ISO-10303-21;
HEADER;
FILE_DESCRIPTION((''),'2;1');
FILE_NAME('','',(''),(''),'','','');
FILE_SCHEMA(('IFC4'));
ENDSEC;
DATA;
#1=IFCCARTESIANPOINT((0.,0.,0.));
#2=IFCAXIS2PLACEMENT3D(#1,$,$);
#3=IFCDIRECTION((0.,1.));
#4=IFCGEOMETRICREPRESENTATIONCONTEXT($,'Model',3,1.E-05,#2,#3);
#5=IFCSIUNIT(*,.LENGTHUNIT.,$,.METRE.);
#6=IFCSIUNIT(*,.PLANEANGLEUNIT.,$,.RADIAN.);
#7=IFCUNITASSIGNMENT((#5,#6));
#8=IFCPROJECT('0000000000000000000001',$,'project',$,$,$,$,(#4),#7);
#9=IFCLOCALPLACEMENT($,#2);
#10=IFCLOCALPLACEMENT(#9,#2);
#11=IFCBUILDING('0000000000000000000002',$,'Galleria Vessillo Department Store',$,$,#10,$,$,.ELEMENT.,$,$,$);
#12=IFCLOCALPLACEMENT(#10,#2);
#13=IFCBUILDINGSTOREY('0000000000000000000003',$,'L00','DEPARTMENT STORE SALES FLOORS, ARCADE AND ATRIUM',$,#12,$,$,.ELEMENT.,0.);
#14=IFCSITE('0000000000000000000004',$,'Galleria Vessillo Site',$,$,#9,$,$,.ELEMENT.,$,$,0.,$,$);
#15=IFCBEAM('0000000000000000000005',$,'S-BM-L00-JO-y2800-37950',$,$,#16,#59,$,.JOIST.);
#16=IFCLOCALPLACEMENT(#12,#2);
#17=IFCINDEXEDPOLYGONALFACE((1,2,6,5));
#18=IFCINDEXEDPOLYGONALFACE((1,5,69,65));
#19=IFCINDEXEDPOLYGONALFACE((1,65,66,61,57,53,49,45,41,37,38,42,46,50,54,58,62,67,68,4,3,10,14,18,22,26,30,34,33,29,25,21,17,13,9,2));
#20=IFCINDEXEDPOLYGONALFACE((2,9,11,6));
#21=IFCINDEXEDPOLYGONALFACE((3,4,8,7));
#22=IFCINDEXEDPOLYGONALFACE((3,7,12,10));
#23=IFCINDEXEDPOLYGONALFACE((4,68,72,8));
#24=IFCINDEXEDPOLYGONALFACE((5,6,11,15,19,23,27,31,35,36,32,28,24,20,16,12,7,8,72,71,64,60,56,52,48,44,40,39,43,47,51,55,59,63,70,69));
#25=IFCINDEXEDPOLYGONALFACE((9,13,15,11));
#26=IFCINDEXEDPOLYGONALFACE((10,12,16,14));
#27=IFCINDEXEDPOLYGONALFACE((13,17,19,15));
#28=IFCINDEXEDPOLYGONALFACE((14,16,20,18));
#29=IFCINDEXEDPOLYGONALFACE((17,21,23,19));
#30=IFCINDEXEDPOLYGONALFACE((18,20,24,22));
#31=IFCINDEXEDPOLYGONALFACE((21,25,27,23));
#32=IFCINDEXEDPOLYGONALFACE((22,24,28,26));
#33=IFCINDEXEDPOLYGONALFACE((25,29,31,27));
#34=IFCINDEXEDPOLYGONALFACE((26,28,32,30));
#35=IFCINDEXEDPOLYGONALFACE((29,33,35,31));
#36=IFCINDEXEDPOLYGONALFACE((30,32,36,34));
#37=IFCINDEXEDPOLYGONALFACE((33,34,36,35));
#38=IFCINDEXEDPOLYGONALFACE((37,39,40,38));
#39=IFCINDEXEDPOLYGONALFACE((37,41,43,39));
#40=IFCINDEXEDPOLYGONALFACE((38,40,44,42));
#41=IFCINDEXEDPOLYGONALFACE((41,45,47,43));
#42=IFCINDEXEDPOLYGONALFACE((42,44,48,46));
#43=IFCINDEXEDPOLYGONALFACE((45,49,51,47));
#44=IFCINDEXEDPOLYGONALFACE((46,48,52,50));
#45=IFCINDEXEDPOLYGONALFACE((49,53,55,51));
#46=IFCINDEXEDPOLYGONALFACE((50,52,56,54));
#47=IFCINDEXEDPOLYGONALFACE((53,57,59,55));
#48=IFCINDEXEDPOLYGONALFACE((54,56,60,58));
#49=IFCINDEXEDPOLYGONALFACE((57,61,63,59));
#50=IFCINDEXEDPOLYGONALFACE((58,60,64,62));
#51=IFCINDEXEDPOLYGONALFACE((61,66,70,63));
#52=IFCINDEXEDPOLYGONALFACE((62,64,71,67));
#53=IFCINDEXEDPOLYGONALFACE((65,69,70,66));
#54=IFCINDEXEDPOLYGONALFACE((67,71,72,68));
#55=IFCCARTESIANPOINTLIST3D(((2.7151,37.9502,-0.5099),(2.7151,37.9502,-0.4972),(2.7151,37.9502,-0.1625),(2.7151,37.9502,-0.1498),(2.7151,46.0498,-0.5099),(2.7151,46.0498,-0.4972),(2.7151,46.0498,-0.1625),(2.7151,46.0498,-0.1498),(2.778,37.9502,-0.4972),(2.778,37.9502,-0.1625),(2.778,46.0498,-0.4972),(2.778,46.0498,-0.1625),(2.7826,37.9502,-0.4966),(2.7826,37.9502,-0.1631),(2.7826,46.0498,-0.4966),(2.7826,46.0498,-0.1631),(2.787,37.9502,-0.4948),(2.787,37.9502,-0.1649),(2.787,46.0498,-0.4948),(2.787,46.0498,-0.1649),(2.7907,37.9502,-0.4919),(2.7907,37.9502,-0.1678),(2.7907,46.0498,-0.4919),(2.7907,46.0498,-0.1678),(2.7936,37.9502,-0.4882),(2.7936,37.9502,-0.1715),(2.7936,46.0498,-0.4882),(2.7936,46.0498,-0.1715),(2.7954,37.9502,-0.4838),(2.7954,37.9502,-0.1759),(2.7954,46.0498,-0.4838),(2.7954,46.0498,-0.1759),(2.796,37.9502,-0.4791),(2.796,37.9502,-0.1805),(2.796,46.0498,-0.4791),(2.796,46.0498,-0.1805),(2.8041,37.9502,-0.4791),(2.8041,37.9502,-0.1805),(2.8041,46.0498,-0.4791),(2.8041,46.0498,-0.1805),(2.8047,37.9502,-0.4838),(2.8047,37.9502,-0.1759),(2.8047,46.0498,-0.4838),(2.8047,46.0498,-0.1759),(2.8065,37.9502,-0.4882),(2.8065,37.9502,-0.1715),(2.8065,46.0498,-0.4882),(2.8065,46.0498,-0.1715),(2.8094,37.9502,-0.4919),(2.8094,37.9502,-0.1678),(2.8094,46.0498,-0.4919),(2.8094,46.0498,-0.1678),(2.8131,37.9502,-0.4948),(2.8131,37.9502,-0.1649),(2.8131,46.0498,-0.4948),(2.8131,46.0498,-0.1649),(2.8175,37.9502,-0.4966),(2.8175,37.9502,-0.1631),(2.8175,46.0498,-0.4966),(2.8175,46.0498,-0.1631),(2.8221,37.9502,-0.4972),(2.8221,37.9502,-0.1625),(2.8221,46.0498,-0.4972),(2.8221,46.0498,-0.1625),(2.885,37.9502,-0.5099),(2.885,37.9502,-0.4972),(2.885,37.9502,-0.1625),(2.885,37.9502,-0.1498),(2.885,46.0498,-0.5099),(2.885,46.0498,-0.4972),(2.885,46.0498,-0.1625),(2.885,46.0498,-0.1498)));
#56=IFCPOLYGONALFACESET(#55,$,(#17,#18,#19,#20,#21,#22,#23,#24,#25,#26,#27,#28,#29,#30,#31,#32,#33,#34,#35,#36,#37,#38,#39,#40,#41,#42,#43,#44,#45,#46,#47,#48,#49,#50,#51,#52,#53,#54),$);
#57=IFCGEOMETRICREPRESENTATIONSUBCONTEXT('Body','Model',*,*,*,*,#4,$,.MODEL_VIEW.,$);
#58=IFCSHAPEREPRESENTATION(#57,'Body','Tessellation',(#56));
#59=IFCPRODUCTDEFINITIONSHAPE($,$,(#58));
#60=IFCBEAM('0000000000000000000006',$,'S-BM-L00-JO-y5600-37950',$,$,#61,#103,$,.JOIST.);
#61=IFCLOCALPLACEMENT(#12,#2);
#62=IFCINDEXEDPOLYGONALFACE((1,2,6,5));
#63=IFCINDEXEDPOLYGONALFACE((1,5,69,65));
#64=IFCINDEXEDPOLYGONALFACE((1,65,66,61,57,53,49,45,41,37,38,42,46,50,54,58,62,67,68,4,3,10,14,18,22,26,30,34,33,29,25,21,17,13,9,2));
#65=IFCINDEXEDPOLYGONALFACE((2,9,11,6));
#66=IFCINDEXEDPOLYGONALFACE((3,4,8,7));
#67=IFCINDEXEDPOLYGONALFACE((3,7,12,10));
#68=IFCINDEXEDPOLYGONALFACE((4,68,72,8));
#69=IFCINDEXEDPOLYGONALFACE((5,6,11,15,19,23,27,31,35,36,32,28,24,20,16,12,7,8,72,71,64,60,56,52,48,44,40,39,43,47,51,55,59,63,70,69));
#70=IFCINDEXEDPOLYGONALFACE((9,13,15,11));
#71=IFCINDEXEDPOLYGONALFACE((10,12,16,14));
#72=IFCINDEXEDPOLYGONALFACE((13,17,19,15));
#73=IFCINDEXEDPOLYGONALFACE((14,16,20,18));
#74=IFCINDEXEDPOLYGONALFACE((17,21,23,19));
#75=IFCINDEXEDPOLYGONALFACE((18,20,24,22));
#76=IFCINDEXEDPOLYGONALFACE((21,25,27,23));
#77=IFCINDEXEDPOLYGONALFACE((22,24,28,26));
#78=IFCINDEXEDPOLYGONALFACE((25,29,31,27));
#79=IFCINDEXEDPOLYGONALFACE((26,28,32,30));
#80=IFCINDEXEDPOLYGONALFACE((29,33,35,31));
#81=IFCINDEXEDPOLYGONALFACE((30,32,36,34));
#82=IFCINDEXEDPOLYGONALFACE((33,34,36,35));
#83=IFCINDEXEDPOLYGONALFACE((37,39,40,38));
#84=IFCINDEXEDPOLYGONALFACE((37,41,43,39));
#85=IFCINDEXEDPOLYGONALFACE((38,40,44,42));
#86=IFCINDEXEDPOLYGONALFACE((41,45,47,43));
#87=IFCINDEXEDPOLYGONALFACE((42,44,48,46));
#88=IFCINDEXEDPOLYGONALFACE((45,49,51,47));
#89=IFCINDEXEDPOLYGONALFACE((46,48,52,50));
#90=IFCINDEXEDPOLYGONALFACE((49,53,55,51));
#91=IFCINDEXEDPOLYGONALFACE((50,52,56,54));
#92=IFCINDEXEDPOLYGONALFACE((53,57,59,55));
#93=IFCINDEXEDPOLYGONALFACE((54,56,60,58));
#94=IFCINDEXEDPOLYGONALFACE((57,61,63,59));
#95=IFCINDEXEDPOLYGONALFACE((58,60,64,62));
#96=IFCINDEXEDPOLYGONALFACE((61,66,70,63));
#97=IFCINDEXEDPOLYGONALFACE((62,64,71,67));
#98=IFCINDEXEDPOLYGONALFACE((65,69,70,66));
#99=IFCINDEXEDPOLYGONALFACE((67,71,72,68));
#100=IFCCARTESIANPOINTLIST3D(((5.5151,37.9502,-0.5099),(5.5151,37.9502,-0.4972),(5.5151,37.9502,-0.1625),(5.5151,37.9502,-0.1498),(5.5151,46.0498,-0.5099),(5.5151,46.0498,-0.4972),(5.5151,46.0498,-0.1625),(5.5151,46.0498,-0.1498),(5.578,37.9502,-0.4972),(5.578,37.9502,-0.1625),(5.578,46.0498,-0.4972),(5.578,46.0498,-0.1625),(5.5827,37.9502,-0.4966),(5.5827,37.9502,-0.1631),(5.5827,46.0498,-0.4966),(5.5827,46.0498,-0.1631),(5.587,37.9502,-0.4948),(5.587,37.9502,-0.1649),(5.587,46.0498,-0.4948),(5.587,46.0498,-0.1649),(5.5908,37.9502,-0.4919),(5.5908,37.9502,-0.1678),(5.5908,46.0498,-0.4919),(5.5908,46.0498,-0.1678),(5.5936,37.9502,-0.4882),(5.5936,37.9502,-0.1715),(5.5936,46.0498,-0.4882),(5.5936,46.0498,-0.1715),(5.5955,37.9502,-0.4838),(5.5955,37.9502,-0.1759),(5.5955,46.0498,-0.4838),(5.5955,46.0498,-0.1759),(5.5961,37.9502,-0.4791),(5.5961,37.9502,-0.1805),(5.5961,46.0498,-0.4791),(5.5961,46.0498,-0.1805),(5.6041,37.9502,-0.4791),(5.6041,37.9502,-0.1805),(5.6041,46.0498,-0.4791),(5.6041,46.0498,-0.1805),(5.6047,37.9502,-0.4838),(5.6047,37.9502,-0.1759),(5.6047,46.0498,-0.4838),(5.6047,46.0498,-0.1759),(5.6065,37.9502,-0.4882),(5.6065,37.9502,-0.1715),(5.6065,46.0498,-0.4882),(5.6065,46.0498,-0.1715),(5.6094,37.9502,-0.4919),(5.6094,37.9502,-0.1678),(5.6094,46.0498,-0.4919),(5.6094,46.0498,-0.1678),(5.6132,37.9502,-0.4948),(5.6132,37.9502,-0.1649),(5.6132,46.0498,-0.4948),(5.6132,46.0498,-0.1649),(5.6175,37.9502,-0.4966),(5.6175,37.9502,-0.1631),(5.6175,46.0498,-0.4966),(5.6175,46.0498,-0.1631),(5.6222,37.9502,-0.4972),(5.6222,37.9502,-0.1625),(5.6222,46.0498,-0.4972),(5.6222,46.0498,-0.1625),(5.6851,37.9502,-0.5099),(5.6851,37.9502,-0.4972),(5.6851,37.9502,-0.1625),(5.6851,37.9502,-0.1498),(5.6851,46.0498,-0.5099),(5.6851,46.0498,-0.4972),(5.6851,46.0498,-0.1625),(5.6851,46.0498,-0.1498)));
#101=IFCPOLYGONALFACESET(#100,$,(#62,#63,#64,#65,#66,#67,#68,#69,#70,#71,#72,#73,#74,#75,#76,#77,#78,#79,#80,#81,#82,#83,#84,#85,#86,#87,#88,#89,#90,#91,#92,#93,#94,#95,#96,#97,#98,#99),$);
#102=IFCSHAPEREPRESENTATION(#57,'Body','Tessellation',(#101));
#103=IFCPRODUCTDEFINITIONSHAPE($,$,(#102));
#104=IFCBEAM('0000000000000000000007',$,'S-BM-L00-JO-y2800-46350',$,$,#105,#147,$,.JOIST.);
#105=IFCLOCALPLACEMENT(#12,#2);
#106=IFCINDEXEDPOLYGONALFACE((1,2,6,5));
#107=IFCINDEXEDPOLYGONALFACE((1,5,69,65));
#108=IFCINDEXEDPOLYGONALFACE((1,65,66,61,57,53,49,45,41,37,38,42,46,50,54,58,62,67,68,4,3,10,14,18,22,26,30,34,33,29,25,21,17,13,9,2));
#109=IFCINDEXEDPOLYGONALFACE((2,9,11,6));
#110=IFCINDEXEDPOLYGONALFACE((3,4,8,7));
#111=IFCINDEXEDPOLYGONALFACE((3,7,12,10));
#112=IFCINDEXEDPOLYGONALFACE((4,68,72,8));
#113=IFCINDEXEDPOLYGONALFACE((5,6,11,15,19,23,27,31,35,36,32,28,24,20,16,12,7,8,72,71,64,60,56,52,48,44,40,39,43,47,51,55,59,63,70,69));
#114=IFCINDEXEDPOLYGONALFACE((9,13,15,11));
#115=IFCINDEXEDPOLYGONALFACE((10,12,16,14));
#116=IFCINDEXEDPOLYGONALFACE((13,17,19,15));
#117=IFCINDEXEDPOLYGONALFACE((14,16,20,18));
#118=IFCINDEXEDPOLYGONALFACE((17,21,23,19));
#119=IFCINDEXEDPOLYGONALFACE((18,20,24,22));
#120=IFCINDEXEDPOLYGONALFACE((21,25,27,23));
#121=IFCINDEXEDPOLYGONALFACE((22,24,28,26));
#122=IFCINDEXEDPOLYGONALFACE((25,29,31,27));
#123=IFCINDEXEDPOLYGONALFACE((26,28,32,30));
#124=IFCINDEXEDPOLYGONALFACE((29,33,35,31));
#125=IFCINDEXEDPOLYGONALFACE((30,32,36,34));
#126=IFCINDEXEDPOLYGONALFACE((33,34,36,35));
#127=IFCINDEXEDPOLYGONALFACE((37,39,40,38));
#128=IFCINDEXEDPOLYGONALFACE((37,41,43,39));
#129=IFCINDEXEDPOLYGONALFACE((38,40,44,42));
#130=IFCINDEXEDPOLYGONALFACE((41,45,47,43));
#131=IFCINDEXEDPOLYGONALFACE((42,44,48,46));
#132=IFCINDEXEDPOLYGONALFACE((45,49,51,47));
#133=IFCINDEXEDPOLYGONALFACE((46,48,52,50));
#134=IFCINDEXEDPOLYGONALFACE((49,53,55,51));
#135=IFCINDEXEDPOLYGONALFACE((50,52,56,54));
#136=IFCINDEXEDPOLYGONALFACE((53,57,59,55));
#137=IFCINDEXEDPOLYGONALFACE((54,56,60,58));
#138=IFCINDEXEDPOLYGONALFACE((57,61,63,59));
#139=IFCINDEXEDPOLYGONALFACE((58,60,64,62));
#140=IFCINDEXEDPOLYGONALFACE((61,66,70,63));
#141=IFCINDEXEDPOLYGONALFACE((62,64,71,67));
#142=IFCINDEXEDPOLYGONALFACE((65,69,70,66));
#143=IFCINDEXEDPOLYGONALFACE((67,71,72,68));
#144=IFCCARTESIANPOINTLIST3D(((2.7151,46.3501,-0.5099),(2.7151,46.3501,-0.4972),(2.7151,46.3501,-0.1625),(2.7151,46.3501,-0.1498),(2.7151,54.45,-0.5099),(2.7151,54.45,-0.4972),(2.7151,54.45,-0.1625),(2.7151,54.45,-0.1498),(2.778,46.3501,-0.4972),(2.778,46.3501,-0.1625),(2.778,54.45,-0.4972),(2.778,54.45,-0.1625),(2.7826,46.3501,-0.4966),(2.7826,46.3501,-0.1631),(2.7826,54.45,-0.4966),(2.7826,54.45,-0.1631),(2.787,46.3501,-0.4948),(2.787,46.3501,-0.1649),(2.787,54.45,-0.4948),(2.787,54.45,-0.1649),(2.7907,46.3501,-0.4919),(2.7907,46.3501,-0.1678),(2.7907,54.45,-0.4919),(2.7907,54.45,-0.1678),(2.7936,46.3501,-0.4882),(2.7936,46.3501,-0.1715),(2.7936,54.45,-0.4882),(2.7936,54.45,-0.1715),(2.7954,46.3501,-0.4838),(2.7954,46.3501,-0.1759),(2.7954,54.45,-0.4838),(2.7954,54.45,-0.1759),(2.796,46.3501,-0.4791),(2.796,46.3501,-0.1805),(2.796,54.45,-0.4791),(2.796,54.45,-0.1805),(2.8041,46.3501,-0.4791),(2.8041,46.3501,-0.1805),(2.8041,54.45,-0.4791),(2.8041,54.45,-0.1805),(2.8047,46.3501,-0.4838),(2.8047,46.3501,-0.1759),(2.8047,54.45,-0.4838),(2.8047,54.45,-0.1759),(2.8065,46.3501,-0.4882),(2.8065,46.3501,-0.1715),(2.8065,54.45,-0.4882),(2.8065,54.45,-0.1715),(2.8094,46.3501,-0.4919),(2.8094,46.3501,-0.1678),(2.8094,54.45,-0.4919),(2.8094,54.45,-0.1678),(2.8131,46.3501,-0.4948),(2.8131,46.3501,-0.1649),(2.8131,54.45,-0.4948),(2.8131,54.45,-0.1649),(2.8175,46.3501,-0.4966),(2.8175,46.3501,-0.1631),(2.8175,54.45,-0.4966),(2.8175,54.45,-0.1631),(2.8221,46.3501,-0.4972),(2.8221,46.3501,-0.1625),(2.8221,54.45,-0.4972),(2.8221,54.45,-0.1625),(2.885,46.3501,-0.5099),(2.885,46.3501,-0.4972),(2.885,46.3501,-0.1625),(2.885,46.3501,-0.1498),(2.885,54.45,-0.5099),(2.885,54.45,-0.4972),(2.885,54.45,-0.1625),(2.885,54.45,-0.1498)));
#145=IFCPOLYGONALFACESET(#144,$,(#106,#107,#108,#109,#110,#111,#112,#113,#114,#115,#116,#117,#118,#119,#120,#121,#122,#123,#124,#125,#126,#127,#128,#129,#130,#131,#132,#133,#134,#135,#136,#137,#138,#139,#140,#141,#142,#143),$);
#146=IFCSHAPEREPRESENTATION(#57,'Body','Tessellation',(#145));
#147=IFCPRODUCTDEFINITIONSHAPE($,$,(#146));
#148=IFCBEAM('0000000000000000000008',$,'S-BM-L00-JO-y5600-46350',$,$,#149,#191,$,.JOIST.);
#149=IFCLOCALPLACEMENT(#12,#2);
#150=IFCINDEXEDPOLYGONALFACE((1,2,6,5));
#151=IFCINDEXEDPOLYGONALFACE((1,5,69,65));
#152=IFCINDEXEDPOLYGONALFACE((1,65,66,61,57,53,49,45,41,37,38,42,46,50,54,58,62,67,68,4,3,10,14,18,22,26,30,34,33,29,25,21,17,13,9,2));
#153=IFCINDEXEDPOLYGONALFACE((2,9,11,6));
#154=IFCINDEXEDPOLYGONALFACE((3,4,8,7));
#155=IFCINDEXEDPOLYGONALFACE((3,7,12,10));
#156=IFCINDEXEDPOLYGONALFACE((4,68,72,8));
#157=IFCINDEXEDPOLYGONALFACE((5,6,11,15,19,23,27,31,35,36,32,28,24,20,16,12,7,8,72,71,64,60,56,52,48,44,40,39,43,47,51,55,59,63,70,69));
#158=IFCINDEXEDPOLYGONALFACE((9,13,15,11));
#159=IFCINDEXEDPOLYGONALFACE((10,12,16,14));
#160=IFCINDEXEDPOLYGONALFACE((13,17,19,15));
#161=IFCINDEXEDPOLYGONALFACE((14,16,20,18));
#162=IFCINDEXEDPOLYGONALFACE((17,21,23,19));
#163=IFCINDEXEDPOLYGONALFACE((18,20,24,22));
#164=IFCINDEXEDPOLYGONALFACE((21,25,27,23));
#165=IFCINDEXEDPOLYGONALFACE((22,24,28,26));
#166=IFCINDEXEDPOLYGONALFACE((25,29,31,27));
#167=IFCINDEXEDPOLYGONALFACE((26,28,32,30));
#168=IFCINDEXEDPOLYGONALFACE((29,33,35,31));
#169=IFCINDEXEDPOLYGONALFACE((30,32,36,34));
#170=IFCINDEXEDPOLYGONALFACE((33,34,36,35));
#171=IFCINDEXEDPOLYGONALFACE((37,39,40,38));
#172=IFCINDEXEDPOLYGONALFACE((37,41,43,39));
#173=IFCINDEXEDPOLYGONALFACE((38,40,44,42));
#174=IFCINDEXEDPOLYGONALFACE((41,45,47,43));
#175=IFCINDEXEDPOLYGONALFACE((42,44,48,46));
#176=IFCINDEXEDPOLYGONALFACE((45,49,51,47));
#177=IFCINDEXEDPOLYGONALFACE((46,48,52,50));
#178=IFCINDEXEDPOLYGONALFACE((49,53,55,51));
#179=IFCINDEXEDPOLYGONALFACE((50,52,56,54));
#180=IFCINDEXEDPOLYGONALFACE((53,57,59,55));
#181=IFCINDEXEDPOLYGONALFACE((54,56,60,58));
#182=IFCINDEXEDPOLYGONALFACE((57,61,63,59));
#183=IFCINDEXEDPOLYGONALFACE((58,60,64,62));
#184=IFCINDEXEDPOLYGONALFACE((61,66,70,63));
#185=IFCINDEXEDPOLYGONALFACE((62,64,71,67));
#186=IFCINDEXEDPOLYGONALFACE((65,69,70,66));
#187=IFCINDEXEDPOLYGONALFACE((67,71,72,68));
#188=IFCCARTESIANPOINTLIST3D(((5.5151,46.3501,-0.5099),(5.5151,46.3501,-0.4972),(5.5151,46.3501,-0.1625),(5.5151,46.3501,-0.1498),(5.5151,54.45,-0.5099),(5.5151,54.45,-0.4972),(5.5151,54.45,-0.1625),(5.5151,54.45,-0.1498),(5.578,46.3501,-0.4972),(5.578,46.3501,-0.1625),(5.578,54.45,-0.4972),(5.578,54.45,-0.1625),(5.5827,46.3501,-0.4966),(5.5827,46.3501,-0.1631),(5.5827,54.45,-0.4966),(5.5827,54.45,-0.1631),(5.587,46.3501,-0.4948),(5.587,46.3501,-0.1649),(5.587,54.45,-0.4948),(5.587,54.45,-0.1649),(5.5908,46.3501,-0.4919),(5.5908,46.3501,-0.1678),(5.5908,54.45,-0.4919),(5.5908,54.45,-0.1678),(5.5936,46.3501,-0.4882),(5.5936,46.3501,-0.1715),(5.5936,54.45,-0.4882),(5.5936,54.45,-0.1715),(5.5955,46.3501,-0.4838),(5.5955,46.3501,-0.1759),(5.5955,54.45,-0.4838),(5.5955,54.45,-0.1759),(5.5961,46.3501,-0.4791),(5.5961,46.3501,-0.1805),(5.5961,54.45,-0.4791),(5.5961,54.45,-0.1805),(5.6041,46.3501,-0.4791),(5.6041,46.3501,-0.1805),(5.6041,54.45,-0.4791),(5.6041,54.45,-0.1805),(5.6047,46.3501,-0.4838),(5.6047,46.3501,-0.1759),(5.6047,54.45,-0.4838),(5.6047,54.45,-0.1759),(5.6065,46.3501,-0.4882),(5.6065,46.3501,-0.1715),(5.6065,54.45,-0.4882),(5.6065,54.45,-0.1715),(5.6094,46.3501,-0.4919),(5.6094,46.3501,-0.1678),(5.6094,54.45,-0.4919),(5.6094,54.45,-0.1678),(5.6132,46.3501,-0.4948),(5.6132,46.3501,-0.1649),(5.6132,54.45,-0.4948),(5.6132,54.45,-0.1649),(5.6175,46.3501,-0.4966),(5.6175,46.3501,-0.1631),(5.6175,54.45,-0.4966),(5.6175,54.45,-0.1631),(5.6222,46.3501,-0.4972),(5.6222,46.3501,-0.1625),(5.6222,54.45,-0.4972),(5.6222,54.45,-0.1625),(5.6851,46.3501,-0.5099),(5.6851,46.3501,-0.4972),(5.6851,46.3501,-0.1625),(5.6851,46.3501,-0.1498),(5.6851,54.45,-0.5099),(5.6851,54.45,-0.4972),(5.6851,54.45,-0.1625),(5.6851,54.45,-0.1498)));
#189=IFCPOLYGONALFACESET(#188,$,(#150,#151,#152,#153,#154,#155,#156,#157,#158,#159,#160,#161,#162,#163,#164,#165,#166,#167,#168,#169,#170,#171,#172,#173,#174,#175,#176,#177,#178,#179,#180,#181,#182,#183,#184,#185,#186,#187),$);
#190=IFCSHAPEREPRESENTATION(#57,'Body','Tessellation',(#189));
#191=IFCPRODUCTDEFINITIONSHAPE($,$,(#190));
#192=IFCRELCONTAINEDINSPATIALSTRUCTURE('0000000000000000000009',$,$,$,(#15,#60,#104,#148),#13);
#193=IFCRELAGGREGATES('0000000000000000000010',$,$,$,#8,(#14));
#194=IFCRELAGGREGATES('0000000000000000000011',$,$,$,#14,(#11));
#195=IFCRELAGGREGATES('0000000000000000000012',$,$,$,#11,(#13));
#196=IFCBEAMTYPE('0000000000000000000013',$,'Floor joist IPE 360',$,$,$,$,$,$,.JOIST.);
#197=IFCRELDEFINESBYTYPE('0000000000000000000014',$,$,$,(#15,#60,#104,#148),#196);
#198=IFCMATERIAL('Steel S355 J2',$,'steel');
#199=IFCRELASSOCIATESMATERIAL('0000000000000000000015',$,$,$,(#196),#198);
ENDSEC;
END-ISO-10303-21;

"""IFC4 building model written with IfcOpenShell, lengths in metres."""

from ifc_helpers import new_model, si_unit, direction, frame, origin, origin_2d, place, context, subcontext, project, spatial, i_section, extrude, material, material_profile, profile_set, type_object, element, save


model = new_model("IFC4")

# Units and contexts
model_context = context("Model", 3, precision=1e-05, world=origin(), true_north=direction((0.0, 1.0)))
body_context = subcontext(model_context, "Body", "Model", "MODEL_VIEW")
ifc_project = project(units=[si_unit("LENGTHUNIT", "METRE"), si_unit("PLANEANGLEUNIT", "RADIAN")], contexts=[model_context])

# Site, building, storey
site_placement = place(None, origin())
site = spatial("IfcSite", under=ifc_project, at=site_placement, Name="Galleria Vessillo Site", CompositionType="ELEMENT", RefElevation=0.0)
building_placement = place(site_placement, origin())
building = spatial("IfcBuilding", under=site, at=building_placement, Name="Galleria Vessillo Department Store", CompositionType="ELEMENT")
storey_placement = place(building_placement, origin())
storey = spatial("IfcBuildingStorey", under=building, at=storey_placement, Name="L00", Description="DEPARTMENT STORE SALES FLOORS, ARCADE AND ATRIUM", CompositionType="ELEMENT", Elevation=0.0)

# Beams
ifc_material_1 = material(Name="Steel S355 J2", Category="steel")
ifc_material_profile_1 = material_profile(ifc_material_1, i_section(OverallWidth=0.1699, OverallDepth=0.3601, WebThickness=0.0081, FlangeThickness=0.0127, FilletRadius=0.0181, at=origin_2d()), Name="IPE 360")
ifc_profile_set_1 = profile_set([ifc_material_profile_1], Name="Steel S355 J2")
beam_type_1 = type_object("IfcBeamType", Name="Floor joist IPE 360", PredefinedType="JOIST", material=ifc_profile_set_1)
for number, where, z_axis, x_axis, name in (
    (1, (2.8, 37.9502, -0.3298), (0.0, 1.0, 0.0), (-1.0, 0.0, 0.0), "S-BM-L00-JO-y2800-37950"),
    (2, (5.6001, 37.9502, -0.3298), (0.0, 1.0, 0.0), (-1.0, 0.0, 0.0), "S-BM-L00-JO-y5600-37950"),
):
    element("IfcBeam", number, at=place(storey_placement, frame(where, z_axis=z_axis, x_axis=x_axis)), inside=storey, type_object=beam_type_1, Name=name, PredefinedType="JOIST", context=body_context, shape_type="SweptSolid", body=[
        extrude(i_section(OverallWidth=0.1699, OverallDepth=0.3601, WebThickness=0.0081, FlangeThickness=0.0127, FilletRadius=0.0181, at=origin_2d()), origin(), (0.0, 0.0, 1.0), 8.0996),
    ])
for number, where, z_axis, x_axis, name in (
    (3, (2.8, 46.3501, -0.3298), (0.0, 1.0, 0.0), (-1.0, 0.0, 0.0), "S-BM-L00-JO-y2800-46350"),
    (4, (5.6001, 46.3501, -0.3298), (0.0, 1.0, 0.0), (-1.0, 0.0, 0.0), "S-BM-L00-JO-y5600-46350"),
):
    element("IfcBeam", number, at=place(storey_placement, frame(where, z_axis=z_axis, x_axis=x_axis)), inside=storey, type_object=beam_type_1, Name=name, PredefinedType="JOIST", context=body_context, shape_type="SweptSolid", body=[
        extrude(i_section(OverallWidth=0.1699, OverallDepth=0.3601, WebThickness=0.0081, FlangeThickness=0.0127, FilletRadius=0.0181, at=origin_2d()), origin(), (0.0, 0.0, 1.0), 8.0999),
    ])

save(model, "model.ifc")
